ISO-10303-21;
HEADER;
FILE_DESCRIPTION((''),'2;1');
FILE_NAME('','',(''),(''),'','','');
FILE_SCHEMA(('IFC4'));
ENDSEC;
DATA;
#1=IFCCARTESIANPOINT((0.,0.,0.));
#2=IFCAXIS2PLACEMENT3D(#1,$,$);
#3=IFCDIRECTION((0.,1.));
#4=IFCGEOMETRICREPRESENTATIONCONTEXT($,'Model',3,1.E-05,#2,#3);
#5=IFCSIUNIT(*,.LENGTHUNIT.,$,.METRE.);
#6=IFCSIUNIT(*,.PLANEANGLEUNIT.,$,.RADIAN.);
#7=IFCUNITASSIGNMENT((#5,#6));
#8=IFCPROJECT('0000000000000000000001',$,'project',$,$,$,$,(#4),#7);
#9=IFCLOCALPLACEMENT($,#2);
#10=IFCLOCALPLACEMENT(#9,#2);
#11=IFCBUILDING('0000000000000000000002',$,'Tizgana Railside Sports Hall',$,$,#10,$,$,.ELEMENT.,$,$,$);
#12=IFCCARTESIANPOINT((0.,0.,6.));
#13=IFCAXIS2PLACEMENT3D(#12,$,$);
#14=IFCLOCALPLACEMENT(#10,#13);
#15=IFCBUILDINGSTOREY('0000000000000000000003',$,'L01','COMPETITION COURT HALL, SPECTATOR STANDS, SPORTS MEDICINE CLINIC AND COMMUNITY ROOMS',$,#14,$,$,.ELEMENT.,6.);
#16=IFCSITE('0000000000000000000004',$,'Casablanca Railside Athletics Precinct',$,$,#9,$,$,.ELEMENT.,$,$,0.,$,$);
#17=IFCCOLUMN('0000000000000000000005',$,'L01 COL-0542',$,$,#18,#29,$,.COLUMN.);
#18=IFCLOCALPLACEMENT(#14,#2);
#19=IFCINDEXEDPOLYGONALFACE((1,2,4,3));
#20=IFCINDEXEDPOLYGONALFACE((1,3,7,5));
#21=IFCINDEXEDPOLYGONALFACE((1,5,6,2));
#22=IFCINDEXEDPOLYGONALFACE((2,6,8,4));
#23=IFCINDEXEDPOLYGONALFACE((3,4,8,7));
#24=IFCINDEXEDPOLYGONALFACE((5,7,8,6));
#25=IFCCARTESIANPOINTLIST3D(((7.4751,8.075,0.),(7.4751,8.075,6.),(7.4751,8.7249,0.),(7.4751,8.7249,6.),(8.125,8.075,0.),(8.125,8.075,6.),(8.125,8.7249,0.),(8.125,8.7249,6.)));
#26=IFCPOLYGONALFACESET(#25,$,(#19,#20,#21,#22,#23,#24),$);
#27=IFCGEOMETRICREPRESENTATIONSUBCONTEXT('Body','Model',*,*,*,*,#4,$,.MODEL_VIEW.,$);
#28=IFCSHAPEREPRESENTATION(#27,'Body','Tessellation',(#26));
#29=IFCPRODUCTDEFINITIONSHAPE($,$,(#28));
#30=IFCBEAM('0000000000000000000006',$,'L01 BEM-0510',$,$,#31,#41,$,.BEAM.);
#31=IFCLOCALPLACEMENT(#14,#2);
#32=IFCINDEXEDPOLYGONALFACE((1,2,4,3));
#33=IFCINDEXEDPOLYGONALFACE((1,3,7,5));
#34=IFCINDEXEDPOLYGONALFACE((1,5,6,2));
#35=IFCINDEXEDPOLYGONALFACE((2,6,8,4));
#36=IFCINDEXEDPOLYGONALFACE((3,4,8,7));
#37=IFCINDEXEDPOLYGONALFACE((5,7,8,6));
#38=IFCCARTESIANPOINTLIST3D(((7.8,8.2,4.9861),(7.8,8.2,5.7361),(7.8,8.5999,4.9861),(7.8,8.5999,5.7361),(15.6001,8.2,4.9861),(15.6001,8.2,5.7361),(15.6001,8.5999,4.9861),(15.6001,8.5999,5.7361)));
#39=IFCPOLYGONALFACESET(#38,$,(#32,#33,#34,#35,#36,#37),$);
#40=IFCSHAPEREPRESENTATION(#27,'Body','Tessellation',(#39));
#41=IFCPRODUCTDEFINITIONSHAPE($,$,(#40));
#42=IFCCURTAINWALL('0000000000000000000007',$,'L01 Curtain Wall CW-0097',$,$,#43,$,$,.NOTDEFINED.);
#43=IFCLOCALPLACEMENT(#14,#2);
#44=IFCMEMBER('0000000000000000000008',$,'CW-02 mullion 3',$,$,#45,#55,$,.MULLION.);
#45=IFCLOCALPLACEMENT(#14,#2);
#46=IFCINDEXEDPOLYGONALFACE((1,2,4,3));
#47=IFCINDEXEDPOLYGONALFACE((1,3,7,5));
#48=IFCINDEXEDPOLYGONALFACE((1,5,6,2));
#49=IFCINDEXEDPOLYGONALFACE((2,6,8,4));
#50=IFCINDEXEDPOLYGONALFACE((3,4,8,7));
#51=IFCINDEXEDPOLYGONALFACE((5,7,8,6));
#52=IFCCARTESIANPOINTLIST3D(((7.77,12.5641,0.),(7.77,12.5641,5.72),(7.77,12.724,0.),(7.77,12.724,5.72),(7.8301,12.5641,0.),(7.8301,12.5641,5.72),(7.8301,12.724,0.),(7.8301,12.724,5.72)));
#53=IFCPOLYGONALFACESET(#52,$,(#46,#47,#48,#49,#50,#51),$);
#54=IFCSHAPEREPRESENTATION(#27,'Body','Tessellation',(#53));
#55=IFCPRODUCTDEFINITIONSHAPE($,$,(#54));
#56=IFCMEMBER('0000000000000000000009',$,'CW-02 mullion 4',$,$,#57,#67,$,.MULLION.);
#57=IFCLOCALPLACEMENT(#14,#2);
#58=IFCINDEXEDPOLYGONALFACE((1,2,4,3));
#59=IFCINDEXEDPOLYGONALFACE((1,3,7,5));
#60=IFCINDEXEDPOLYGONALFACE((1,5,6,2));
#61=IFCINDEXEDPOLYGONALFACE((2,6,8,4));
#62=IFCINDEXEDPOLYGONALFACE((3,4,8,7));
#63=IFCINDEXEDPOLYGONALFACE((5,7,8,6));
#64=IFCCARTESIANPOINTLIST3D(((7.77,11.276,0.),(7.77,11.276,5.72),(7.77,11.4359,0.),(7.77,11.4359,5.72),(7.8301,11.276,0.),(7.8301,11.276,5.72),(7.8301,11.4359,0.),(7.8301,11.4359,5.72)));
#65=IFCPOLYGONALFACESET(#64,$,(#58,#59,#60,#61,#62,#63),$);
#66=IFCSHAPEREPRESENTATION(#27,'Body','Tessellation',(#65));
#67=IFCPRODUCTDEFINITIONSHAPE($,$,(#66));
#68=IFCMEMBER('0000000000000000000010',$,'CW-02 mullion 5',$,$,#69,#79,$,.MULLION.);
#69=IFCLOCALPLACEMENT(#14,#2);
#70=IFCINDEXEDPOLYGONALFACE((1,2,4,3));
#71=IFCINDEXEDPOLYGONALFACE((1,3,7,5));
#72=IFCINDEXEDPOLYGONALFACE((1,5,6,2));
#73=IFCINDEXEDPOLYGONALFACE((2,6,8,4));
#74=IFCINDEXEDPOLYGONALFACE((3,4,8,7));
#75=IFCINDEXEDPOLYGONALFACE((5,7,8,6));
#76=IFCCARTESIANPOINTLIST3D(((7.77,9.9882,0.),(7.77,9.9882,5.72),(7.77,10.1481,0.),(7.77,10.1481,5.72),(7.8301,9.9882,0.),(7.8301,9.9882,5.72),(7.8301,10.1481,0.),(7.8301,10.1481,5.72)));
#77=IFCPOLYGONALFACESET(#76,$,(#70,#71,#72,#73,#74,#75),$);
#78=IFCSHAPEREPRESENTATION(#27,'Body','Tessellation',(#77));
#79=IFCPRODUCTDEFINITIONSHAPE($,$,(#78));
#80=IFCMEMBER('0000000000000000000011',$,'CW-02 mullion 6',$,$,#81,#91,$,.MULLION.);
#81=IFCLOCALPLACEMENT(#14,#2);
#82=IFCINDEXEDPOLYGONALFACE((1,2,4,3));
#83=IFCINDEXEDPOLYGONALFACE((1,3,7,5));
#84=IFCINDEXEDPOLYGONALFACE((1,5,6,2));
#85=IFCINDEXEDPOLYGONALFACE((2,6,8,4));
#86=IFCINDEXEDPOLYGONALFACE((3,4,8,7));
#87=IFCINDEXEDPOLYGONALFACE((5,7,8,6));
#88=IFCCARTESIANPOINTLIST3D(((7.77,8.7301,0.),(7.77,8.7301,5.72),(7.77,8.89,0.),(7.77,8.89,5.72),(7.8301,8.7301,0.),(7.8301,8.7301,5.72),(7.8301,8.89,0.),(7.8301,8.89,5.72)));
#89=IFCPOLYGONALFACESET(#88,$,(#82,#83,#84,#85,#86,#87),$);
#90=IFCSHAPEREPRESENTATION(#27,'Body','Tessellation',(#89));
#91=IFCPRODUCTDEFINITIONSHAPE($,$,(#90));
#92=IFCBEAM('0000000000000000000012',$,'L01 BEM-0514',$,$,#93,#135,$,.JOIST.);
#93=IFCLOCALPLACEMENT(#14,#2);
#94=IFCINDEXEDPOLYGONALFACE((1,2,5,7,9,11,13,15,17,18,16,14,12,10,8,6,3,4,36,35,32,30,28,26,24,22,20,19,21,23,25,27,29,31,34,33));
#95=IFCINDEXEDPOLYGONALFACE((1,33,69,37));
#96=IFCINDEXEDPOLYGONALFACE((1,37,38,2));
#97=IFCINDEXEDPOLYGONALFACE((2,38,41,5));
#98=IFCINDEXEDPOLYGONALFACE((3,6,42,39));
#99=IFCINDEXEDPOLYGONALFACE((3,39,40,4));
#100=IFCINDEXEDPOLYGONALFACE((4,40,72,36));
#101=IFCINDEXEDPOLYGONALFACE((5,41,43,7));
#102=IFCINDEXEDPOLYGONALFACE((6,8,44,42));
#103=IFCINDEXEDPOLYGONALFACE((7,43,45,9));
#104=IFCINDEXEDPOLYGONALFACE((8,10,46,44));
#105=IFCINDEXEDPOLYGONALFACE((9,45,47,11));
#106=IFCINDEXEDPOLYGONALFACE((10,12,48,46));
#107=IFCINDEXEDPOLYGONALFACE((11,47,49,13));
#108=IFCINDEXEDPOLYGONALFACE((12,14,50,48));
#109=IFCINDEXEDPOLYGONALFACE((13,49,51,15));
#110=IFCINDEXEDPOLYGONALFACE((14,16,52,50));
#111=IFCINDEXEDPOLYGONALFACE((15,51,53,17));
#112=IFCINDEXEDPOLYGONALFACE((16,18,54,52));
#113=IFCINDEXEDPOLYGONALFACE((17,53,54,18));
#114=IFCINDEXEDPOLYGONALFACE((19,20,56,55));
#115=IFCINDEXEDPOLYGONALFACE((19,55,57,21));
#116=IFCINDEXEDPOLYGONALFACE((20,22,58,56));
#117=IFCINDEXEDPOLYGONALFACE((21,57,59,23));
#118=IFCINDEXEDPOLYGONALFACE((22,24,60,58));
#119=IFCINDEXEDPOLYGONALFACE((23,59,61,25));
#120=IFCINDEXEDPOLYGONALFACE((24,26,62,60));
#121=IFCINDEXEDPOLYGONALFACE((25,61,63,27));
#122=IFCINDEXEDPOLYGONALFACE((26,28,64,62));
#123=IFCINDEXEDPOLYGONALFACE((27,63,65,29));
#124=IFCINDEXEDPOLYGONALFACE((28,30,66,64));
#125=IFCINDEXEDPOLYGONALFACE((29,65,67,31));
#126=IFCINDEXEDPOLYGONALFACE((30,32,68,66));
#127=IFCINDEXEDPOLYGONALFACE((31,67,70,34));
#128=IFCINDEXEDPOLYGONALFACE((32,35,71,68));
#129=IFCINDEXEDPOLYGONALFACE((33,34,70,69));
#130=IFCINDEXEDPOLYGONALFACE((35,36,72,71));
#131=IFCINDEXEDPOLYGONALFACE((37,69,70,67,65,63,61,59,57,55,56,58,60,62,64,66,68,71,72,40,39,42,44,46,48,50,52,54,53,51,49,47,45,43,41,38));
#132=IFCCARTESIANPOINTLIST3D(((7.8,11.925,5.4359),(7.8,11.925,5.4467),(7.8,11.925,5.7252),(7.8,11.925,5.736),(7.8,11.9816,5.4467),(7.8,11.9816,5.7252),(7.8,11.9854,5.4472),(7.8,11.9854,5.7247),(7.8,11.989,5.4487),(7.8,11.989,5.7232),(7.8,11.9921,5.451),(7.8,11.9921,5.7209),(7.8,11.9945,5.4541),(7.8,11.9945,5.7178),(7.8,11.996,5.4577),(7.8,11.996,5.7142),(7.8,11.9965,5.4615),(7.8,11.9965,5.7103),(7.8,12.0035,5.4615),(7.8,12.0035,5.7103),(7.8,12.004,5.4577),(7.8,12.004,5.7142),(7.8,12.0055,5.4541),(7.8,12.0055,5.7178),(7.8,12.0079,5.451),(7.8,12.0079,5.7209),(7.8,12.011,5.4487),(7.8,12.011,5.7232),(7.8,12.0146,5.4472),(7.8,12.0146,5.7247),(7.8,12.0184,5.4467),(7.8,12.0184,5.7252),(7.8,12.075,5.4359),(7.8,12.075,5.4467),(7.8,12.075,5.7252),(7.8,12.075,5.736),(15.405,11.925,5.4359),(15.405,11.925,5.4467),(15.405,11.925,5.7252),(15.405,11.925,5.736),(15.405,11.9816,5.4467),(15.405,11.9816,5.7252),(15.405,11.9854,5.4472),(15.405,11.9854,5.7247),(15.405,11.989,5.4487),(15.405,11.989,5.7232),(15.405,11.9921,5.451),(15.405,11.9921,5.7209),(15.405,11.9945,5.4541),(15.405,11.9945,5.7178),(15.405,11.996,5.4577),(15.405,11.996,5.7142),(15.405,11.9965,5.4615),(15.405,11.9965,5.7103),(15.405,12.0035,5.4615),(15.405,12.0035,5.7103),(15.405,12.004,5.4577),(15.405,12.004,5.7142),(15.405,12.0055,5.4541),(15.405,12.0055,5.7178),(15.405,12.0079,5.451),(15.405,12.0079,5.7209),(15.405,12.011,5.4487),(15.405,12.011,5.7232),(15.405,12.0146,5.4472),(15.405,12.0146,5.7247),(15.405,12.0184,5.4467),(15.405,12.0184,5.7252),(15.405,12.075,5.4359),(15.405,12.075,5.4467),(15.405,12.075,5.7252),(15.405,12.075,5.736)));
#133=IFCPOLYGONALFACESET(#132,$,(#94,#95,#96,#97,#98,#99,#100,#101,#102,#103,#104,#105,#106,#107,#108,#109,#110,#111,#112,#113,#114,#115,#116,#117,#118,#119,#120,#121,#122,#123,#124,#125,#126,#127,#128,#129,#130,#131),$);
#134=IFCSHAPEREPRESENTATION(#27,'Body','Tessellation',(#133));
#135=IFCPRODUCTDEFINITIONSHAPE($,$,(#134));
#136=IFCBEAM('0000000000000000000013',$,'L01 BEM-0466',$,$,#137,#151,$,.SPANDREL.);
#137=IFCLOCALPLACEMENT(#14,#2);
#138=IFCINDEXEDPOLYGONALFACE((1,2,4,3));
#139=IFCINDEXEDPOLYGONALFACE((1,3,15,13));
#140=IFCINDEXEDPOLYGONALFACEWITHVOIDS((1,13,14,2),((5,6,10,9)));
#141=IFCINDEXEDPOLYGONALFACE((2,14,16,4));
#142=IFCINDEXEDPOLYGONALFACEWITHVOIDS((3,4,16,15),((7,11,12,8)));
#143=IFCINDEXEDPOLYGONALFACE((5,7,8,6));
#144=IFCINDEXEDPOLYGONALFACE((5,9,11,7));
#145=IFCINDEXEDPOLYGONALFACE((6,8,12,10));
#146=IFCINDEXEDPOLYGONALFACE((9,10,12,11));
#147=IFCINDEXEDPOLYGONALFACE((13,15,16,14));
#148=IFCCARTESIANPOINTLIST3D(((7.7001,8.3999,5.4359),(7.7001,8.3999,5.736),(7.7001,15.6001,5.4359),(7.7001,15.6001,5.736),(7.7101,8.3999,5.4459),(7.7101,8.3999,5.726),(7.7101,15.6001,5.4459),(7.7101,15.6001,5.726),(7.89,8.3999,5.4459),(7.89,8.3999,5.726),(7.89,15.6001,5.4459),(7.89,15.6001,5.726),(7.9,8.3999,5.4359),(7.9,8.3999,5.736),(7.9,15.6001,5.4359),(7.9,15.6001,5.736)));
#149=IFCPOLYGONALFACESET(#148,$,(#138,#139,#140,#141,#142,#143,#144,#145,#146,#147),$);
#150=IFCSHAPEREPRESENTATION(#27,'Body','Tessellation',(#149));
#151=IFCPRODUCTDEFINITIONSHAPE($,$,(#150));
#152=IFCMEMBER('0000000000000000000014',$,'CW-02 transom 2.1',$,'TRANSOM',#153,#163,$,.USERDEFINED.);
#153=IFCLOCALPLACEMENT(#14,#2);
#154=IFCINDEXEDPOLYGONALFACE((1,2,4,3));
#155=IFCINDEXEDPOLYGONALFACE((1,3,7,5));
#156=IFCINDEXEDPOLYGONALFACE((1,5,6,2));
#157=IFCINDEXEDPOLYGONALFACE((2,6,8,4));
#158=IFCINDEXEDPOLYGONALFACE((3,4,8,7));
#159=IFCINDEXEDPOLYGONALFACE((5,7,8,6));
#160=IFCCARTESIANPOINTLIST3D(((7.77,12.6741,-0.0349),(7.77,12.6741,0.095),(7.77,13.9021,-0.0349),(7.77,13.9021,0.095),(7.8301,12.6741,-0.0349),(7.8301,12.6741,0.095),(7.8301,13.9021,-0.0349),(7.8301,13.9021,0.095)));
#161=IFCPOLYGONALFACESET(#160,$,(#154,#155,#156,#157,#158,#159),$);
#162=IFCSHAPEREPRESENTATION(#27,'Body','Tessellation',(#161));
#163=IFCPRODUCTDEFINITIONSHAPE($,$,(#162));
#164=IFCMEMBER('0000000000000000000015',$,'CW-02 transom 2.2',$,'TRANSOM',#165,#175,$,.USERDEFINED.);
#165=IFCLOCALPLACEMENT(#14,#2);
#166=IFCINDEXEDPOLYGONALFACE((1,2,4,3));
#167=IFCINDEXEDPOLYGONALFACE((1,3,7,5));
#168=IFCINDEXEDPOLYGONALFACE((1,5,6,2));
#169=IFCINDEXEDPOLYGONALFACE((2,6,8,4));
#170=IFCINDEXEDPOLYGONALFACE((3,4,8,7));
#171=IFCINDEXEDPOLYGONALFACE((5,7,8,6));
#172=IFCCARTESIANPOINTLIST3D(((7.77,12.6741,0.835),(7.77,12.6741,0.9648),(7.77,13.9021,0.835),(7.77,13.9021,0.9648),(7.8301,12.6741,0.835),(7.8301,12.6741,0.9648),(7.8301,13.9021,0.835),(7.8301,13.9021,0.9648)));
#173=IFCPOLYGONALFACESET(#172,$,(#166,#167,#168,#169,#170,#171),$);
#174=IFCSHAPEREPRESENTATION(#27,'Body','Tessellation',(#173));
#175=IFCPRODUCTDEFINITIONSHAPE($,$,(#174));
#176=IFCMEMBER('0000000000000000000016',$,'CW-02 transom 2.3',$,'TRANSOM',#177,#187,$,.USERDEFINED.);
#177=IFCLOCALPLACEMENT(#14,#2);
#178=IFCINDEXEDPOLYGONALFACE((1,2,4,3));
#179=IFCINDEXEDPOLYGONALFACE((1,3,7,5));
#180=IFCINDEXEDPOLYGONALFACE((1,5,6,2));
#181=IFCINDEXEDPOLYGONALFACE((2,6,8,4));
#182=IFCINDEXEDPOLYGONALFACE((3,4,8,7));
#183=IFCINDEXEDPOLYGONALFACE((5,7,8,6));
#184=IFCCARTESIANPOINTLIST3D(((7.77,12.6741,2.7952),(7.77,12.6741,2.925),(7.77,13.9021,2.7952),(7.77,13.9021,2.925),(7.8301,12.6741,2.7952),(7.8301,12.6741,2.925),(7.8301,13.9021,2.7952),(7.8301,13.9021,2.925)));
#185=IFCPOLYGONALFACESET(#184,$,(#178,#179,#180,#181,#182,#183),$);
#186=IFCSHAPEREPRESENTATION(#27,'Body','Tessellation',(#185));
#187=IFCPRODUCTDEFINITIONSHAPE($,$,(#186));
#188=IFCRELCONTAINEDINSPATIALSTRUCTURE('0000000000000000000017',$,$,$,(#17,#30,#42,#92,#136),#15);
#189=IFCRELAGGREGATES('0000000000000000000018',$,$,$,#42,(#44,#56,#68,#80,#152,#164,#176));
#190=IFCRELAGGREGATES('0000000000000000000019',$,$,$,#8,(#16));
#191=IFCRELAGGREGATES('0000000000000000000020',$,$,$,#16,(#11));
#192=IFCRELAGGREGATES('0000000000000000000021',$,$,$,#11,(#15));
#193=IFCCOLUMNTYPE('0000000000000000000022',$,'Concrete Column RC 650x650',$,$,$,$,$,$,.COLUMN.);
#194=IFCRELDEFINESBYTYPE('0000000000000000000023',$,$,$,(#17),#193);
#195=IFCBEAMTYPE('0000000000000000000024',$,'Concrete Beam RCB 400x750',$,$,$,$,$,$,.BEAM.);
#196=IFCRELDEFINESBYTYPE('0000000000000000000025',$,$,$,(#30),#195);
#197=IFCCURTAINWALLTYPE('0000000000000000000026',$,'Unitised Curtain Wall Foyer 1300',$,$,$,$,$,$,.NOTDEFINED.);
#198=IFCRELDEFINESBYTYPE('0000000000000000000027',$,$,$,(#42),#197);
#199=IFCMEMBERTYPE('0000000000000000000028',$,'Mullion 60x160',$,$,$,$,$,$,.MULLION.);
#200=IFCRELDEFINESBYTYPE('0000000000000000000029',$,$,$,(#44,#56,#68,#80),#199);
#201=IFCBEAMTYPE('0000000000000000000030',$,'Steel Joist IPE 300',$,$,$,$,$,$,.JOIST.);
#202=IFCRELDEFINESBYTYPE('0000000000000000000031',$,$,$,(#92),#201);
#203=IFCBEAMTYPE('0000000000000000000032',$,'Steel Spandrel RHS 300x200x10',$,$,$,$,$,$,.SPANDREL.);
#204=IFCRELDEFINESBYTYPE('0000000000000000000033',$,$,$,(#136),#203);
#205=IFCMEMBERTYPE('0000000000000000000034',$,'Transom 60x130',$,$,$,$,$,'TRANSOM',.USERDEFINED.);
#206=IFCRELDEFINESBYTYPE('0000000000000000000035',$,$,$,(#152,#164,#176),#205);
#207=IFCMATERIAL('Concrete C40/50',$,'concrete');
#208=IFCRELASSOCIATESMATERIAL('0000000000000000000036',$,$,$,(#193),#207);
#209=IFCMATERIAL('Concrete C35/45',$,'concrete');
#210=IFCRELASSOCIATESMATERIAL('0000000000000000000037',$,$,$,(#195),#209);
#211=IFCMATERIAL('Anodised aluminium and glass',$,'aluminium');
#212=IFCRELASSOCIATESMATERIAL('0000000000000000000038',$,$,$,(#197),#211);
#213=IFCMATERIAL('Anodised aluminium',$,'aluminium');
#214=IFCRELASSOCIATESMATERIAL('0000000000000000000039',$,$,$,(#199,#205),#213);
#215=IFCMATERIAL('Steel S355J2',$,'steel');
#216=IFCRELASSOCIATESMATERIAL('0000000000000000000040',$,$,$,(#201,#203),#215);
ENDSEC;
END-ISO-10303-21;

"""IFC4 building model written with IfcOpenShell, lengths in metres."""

from ifc_helpers import new_model, si_unit, direction, frame, origin, origin_2d, place, context, subcontext, project, spatial, rectangle, hollow_rectangle, i_section, extrude, material, material_profile, profile_set, type_object, element, aggregate, save


model = new_model("IFC4")

# Units and contexts
model_context = context("Model", 3, precision=1e-05, world=origin(), true_north=direction((0.0, 1.0)))
body_context = subcontext(model_context, "Body", "Model", "MODEL_VIEW")
ifc_project = project(units=[si_unit("LENGTHUNIT", "METRE"), si_unit("PLANEANGLEUNIT", "RADIAN")], contexts=[model_context])

# Site, building, storey
site_placement = place(None, origin())
site = spatial("IfcSite", under=ifc_project, at=site_placement, Name="Casablanca Railside Athletics Precinct", CompositionType="ELEMENT", RefElevation=0.0)
building_placement = place(site_placement, origin())
building = spatial("IfcBuilding", under=site, at=building_placement, Name="Tizgana Railside Sports Hall", CompositionType="ELEMENT")
storey_placement = place(building_placement, frame((0.0, 0.0, 6.0)))
storey = spatial("IfcBuildingStorey", under=building, at=storey_placement, Name="L01", Description="COMPETITION COURT HALL, SPECTATOR STANDS, SPORTS MEDICINE CLINIC AND COMMUNITY ROOMS", CompositionType="ELEMENT", Elevation=6.0)

# Column
ifc_material_1 = material(Name="Concrete C40/50", Category="concrete")
ifc_material_profile_1 = material_profile(ifc_material_1, rectangle(XDim=0.6499, YDim=0.6499, at=origin_2d()), Name="RC 650x650")
ifc_profile_set_1 = profile_set([ifc_material_profile_1], Name="Concrete C40/50")
column_type = type_object("IfcColumnType", Name="Concrete Column RC 650x650", PredefinedType="COLUMN", material=ifc_profile_set_1)
column_placement = place(storey_placement, frame((7.8, 8.3999, 0.0), z_axis=(0.0, 0.0, 1.0), x_axis=(1.0, 0.0, 0.0)))
element("IfcColumn", 1, at=column_placement, inside=storey, type_object=column_type, Name="L01 COL-0542", PredefinedType="COLUMN", context=body_context, shape_type="SweptSolid", body=[
    extrude(rectangle(XDim=0.6499, YDim=0.6499, at=origin_2d()), origin(), (0.0, 0.0, 1.0), 6.0),
])

# Beam
ifc_material_2 = material(Name="Concrete C35/45", Category="concrete")
ifc_material_profile_2 = material_profile(ifc_material_2, rectangle(XDim=0.3999, YDim=0.75, at=origin_2d()), Name="RCB 400x750")
ifc_profile_set_2 = profile_set([ifc_material_profile_2], Name="Concrete C35/45")
beam_type_1 = type_object("IfcBeamType", Name="Concrete Beam RCB 400x750", PredefinedType="BEAM", material=ifc_profile_set_2)
beam_1_placement = place(storey_placement, frame((7.8, 8.3999, 5.3611), z_axis=(1.0, 0.0, 0.0), x_axis=(0.0, 1.0, 0.0)))
element("IfcBeam", 2, at=beam_1_placement, inside=storey, type_object=beam_type_1, Name="L01 BEM-0510", PredefinedType="BEAM", context=body_context, shape_type="SweptSolid", body=[
    extrude(rectangle(XDim=0.3999, YDim=0.75, at=origin_2d()), origin(), (0.0, 0.0, 1.0), 7.8),
])

# Curtain wall, members
ifc_material_3 = material(Name="Anodised aluminium and glass", Category="aluminium")
curtain_wall_type = type_object("IfcCurtainWallType", Name="Unitised Curtain Wall Foyer 1300", PredefinedType="NOTDEFINED", material=ifc_material_3)
curtain_wall_placement = place(storey_placement, origin())
curtain_wall = element("IfcCurtainWall", 3, at=curtain_wall_placement, inside=storey, type_object=curtain_wall_type, Name="L01 Curtain Wall CW-0097", PredefinedType="NOTDEFINED")
ifc_material_4 = material(Name="Anodised aluminium", Category="aluminium")
ifc_material_profile_3 = material_profile(ifc_material_4, rectangle(XDim=0.0601, YDim=0.1599, at=origin_2d()), Name="Mullion 60x160")
ifc_profile_set_3 = profile_set([ifc_material_profile_3], Name="Anodised aluminium")
member_type_1 = type_object("IfcMemberType", Name="Mullion 60x160", PredefinedType="MULLION", material=ifc_profile_set_3)
member_1_placement = place(storey_placement, frame((7.8, 12.644, 0.0), z_axis=(0.0, 0.0, 1.0), x_axis=(1.0, 0.0, 0.0)))
member_1 = element("IfcMember", 4, at=member_1_placement, type_object=member_type_1, Name="CW-02 mullion 3", PredefinedType="MULLION", context=body_context, shape_type="SweptSolid", body=[
    extrude(rectangle(XDim=0.0601, YDim=0.1599, at=origin_2d()), origin(), (0.0, 0.0, 1.0), 5.72),
])
member_2_placement = place(storey_placement, frame((7.8, 11.356, 0.0), z_axis=(0.0, 0.0, 1.0), x_axis=(1.0, 0.0, 0.0)))
member_2 = element("IfcMember", 5, at=member_2_placement, type_object=member_type_1, Name="CW-02 mullion 4", PredefinedType="MULLION", context=body_context, shape_type="SweptSolid", body=[
    extrude(rectangle(XDim=0.0601, YDim=0.1599, at=origin_2d()), origin(), (0.0, 0.0, 1.0), 5.72),
])
member_3_placement = place(storey_placement, frame((7.8, 10.0681, 0.0), z_axis=(0.0, 0.0, 1.0), x_axis=(1.0, 0.0, 0.0)))
member_3 = element("IfcMember", 6, at=member_3_placement, type_object=member_type_1, Name="CW-02 mullion 5", PredefinedType="MULLION", context=body_context, shape_type="SweptSolid", body=[
    extrude(rectangle(XDim=0.0601, YDim=0.1599, at=origin_2d()), origin(), (0.0, 0.0, 1.0), 5.72),
])
member_4_placement = place(storey_placement, frame((7.8, 8.8101, 0.0), z_axis=(0.0, 0.0, 1.0), x_axis=(1.0, 0.0, 0.0)))
member_4 = element("IfcMember", 7, at=member_4_placement, type_object=member_type_1, Name="CW-02 mullion 6", PredefinedType="MULLION", context=body_context, shape_type="SweptSolid", body=[
    extrude(rectangle(XDim=0.0601, YDim=0.1599, at=origin_2d()), origin(), (0.0, 0.0, 1.0), 5.72),
])

# Beams
ifc_material_5 = material(Name="Steel S355J2", Category="steel")
ifc_material_profile_4 = material_profile(ifc_material_5, i_section(OverallWidth=0.1499, OverallDepth=0.3, WebThickness=0.0071, FlangeThickness=0.0107, FilletRadius=0.0149, at=origin_2d()), Name="IPE 300")
ifc_profile_set_4 = profile_set([ifc_material_profile_4], Name="Steel S355J2")
beam_type_2 = type_object("IfcBeamType", Name="Steel Joist IPE 300", PredefinedType="JOIST", material=ifc_profile_set_4)
beam_2_placement = place(storey_placement, frame((7.8, 12.0, 5.5859), z_axis=(1.0, 0.0, 0.0), x_axis=(0.0, 1.0, 0.0)))
element("IfcBeam", 8, at=beam_2_placement, inside=storey, type_object=beam_type_2, Name="L01 BEM-0514", PredefinedType="JOIST", context=body_context, shape_type="SweptSolid", body=[
    extrude(i_section(OverallWidth=0.1499, OverallDepth=0.3, WebThickness=0.0071, FlangeThickness=0.0107, FilletRadius=0.0149, at=origin_2d()), origin(), (0.0, 0.0, 1.0), 7.605),
])
ifc_material_profile_5 = material_profile(ifc_material_5, hollow_rectangle(XDim=0.2, YDim=0.3, WallThickness=0.01, at=origin_2d()), Name="RHS 300x200x10")
ifc_profile_set_5 = profile_set([ifc_material_profile_5], Name="Steel S355J2")
beam_type_3 = type_object("IfcBeamType", Name="Steel Spandrel RHS 300x200x10", PredefinedType="SPANDREL", material=ifc_profile_set_5)
beam_3_placement = place(storey_placement, frame((7.8, 8.3999, 5.5859), z_axis=(0.0, 1.0, 0.0), x_axis=(-1.0, 0.0, 0.0)))
element("IfcBeam", 9, at=beam_3_placement, inside=storey, type_object=beam_type_3, Name="L01 BEM-0466", PredefinedType="SPANDREL", context=body_context, shape_type="SweptSolid", body=[
    extrude(hollow_rectangle(XDim=0.2, YDim=0.3, WallThickness=0.01, at=origin_2d()), origin(), (0.0, 0.0, 1.0), 7.2002),
])

# Members
ifc_material_profile_6 = material_profile(ifc_material_4, rectangle(XDim=0.0601, YDim=0.1299, at=origin_2d()), Name="Transom 60x130")
ifc_profile_set_6 = profile_set([ifc_material_profile_6], Name="Anodised aluminium")
member_type_2 = type_object("IfcMemberType", Name="Transom 60x130", ElementType="TRANSOM", PredefinedType="USERDEFINED", material=ifc_profile_set_6)
member_5_placement = place(storey_placement, frame((7.8, 13.9021, 0.03), z_axis=(0.0, -1.0, 0.0), x_axis=(1.0, 0.0, 0.0)))
member_5 = element("IfcMember", 10, at=member_5_placement, type_object=member_type_2, Name="CW-02 transom 2.1", ObjectType="TRANSOM", PredefinedType="USERDEFINED", context=body_context, shape_type="SweptSolid", body=[
    extrude(rectangle(XDim=0.0601, YDim=0.1299, at=origin_2d()), origin(), (0.0, 0.0, 1.0), 1.228),
])
member_6_placement = place(storey_placement, frame((7.8, 13.9021, 0.8999), z_axis=(0.0, -1.0, 0.0), x_axis=(1.0, 0.0, 0.0)))
member_6 = element("IfcMember", 11, at=member_6_placement, type_object=member_type_2, Name="CW-02 transom 2.2", ObjectType="TRANSOM", PredefinedType="USERDEFINED", context=body_context, shape_type="SweptSolid", body=[
    extrude(rectangle(XDim=0.0601, YDim=0.1299, at=origin_2d()), origin(), (0.0, 0.0, 1.0), 1.228),
])
member_7_placement = place(storey_placement, frame((7.8, 13.9021, 2.8601), z_axis=(0.0, -1.0, 0.0), x_axis=(1.0, 0.0, 0.0)))
member_7 = element("IfcMember", 12, at=member_7_placement, type_object=member_type_2, Name="CW-02 transom 2.3", ObjectType="TRANSOM", PredefinedType="USERDEFINED", context=body_context, shape_type="SweptSolid", body=[
    extrude(rectangle(XDim=0.0601, YDim=0.1299, at=origin_2d()), origin(), (0.0, 0.0, 1.0), 1.228),
])

aggregate(curtain_wall, [member_1, member_2, member_3, member_4, member_5, member_6, member_7])

save(model, "model.ifc")
